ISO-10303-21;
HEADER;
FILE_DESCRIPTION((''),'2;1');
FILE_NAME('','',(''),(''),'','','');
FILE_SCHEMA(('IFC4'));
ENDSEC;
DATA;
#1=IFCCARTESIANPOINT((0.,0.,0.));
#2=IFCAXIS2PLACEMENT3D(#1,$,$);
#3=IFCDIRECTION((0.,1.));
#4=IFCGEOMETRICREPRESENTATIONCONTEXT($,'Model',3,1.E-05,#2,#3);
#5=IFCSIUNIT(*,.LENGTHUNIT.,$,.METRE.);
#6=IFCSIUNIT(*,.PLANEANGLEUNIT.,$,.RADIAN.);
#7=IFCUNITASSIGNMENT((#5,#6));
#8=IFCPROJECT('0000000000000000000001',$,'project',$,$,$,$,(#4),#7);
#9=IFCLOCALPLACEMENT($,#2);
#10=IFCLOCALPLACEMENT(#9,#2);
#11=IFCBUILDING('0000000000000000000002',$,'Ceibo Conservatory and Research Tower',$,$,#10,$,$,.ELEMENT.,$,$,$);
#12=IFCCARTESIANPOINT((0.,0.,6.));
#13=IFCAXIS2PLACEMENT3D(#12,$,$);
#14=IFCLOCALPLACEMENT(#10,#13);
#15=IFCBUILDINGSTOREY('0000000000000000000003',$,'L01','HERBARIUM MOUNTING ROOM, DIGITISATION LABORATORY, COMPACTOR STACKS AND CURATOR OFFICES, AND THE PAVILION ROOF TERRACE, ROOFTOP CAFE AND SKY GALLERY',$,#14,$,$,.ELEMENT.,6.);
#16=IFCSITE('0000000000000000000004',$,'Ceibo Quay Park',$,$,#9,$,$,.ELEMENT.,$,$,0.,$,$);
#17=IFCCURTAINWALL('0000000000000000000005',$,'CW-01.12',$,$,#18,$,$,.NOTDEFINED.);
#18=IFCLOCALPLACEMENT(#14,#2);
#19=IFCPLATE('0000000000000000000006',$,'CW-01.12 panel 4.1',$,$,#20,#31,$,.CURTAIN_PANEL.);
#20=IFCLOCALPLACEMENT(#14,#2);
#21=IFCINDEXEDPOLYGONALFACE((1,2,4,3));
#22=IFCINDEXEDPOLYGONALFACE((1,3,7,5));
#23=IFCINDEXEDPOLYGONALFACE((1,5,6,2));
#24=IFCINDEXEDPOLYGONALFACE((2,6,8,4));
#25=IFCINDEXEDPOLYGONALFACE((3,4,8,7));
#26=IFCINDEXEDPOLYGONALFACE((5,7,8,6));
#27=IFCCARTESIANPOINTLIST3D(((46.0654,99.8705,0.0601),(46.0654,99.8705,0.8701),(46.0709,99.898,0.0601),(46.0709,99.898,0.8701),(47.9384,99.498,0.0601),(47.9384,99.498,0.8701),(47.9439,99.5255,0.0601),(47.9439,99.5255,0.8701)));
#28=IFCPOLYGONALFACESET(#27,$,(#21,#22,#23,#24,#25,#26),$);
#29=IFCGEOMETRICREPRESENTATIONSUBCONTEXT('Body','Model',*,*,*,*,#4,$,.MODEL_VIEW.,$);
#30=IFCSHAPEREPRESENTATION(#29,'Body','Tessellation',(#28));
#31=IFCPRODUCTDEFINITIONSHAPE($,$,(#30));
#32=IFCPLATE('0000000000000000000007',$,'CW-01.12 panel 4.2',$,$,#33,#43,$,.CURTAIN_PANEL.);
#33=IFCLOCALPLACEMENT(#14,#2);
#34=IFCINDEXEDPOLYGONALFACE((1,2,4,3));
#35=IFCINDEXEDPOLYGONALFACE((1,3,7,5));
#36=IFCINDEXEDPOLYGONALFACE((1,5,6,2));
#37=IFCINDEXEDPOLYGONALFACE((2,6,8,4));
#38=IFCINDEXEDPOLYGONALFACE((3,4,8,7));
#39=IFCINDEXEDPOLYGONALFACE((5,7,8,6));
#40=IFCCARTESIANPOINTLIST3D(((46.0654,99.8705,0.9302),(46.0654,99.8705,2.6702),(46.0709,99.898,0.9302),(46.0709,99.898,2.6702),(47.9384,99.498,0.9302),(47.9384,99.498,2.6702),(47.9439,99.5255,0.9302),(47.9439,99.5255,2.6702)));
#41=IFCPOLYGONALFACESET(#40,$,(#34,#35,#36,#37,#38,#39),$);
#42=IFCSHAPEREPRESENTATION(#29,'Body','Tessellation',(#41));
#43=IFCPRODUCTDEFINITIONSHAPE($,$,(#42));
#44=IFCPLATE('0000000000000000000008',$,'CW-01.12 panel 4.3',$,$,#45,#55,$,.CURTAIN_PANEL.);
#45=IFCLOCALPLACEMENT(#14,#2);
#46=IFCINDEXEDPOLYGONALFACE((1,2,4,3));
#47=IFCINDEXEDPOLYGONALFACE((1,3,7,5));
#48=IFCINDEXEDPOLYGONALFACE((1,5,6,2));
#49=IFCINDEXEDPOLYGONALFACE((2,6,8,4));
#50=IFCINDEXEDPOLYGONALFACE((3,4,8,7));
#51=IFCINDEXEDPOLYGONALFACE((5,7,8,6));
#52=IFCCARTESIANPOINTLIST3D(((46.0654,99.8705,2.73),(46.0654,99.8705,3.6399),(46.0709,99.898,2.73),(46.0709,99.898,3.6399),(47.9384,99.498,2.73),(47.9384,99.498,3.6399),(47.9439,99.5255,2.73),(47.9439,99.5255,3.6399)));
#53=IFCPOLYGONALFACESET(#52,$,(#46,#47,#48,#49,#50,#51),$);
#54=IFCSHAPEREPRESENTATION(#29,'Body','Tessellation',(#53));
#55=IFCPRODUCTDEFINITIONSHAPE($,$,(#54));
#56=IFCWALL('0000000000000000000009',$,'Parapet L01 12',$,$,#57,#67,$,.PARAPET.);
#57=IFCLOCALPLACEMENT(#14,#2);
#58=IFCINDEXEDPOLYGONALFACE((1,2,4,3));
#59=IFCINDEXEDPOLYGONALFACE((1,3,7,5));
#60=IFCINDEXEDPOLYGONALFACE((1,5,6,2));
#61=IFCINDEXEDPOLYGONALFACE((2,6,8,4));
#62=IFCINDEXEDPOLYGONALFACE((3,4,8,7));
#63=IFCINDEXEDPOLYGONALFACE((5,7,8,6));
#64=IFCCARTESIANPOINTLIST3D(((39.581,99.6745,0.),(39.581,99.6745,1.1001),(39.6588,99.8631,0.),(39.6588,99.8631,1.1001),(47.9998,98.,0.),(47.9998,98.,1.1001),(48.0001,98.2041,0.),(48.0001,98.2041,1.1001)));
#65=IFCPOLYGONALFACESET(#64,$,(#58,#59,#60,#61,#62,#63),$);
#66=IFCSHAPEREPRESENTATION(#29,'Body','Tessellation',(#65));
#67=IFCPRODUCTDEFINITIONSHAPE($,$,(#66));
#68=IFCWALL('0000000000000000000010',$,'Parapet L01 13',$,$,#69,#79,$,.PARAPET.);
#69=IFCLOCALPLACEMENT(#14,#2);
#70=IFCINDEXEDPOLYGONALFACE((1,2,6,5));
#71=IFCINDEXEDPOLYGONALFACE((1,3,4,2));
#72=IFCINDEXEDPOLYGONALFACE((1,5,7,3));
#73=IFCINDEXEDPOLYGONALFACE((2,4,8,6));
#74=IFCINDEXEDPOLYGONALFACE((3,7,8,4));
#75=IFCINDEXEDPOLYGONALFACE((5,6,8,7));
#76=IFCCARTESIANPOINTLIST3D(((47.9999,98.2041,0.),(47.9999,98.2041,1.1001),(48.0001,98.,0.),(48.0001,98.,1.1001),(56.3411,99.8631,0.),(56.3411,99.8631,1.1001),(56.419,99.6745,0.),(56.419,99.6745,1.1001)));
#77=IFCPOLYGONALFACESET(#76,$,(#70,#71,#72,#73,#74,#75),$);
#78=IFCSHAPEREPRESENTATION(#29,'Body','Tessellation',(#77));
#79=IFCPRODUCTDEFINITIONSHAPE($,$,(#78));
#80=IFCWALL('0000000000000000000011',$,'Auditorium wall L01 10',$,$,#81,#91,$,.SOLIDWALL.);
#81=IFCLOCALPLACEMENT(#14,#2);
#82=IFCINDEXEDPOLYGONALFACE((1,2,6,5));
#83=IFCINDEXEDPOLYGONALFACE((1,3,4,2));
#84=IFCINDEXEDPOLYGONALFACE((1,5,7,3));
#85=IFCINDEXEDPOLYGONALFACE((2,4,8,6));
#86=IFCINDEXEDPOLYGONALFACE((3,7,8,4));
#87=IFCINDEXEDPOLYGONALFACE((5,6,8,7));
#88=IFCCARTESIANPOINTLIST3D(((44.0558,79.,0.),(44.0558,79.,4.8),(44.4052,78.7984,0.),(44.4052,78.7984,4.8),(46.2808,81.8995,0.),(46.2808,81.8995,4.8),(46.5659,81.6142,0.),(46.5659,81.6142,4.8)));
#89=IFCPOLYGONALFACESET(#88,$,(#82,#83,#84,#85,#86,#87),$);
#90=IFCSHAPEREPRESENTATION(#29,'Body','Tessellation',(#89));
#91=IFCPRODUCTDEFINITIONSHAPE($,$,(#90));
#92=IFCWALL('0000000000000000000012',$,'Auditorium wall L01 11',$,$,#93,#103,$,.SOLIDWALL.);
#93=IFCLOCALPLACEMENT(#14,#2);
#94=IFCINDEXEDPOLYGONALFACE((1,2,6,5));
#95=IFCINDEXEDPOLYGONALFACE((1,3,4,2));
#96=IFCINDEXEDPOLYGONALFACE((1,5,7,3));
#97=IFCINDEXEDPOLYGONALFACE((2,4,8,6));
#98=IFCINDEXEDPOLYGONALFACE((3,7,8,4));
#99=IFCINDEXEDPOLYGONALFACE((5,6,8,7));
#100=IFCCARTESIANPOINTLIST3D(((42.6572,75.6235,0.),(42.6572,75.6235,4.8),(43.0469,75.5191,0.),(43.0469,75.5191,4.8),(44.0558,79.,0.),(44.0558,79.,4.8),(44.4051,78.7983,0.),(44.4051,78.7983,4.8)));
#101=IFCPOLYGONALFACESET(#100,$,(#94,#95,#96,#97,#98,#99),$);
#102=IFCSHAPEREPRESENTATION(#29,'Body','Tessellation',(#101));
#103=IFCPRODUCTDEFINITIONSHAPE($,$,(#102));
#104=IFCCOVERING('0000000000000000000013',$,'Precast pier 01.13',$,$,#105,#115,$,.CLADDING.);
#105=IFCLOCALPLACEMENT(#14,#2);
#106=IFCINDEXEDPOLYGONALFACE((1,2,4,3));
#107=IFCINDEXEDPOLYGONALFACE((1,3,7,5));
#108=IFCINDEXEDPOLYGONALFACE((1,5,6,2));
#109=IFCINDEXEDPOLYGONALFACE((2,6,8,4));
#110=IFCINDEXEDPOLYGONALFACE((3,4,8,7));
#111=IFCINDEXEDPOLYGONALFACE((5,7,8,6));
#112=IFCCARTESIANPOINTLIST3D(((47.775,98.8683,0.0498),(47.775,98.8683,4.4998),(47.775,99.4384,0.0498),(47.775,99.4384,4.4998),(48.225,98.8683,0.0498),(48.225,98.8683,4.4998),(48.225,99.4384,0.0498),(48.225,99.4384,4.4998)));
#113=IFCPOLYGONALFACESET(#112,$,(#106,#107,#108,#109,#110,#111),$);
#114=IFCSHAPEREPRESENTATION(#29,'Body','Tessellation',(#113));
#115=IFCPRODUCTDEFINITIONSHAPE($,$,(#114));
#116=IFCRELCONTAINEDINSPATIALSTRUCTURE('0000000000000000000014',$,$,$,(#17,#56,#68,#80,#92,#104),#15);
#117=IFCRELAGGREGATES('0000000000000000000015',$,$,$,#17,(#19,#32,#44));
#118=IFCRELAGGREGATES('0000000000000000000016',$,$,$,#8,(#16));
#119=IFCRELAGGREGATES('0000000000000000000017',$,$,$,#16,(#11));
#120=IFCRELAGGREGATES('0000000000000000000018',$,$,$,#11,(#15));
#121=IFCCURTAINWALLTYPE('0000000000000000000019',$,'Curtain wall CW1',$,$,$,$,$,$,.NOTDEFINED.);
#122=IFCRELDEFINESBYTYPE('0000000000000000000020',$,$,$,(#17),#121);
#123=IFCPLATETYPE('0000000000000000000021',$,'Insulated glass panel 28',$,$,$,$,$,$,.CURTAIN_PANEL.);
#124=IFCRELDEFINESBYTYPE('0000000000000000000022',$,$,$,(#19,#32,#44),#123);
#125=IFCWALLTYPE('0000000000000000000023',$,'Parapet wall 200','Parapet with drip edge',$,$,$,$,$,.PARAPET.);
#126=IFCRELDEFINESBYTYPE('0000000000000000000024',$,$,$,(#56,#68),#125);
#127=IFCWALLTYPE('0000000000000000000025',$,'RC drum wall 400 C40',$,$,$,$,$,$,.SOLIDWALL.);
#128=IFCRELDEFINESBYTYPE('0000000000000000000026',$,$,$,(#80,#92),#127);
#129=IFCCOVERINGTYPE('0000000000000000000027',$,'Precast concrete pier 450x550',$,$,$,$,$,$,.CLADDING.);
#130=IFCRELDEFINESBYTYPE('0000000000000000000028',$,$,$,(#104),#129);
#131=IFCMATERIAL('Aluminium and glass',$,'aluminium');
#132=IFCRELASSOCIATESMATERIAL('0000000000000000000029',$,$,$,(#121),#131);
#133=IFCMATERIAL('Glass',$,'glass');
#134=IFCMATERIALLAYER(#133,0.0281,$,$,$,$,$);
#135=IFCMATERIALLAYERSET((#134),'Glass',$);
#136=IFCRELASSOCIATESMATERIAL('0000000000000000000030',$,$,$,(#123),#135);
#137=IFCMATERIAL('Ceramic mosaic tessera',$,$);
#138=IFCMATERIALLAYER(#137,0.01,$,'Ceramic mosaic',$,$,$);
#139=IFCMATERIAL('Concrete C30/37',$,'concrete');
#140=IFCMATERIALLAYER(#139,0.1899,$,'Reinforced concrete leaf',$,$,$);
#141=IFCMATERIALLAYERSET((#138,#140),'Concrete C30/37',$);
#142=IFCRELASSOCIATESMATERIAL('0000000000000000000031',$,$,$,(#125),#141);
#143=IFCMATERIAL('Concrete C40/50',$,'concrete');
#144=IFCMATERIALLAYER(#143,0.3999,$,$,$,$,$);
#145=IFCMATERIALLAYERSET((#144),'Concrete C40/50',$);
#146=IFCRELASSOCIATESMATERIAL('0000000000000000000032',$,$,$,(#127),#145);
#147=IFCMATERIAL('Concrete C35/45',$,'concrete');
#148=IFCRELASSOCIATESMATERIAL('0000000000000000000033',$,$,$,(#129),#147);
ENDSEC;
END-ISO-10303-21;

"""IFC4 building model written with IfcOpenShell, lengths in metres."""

from ifc_helpers import new_model, si_unit, direction, frame, origin, origin_2d, place, context, subcontext, project, spatial, polyline, rectangle, outline, extrude, material, layer, layer_set, type_object, element, aggregate, save


model = new_model("IFC4")

# Units and contexts
model_context = context("Model", 3, precision=1e-05, world=origin(), true_north=direction((0.0, 1.0)))
body_context = subcontext(model_context, "Body", "Model", "MODEL_VIEW")
ifc_project = project(units=[si_unit("LENGTHUNIT", "METRE"), si_unit("PLANEANGLEUNIT", "RADIAN")], contexts=[model_context])

# Site, building, storey
site_placement = place(None, origin())
site = spatial("IfcSite", under=ifc_project, at=site_placement, Name="Ceibo Quay Park", CompositionType="ELEMENT", RefElevation=0.0)
building_placement = place(site_placement, origin())
building = spatial("IfcBuilding", under=site, at=building_placement, Name="Ceibo Conservatory and Research Tower", CompositionType="ELEMENT")
storey_placement = place(building_placement, frame((0.0, 0.0, 6.0)))
storey = spatial("IfcBuildingStorey", under=building, at=storey_placement, Name="L01", Description="HERBARIUM MOUNTING ROOM, DIGITISATION LABORATORY, COMPACTOR STACKS AND CURATOR OFFICES, AND THE PAVILION ROOF TERRACE, ROOFTOP CAFE AND SKY GALLERY", CompositionType="ELEMENT", Elevation=6.0)

# Curtain wall
ifc_material_1 = material(Name="Aluminium and glass", Category="aluminium")
curtain_wall_type = type_object("IfcCurtainWallType", Name="Curtain wall CW1", PredefinedType="NOTDEFINED", material=ifc_material_1)
curtain_wall_1_placement = place(storey_placement, origin())
curtain_wall_1 = element("IfcCurtainWall", 1, at=curtain_wall_1_placement, inside=storey, type_object=curtain_wall_type, Name="CW-01.12", PredefinedType="NOTDEFINED")

# Shared definitions
ifc_material_2 = material(Name="Concrete C35/45", Category="concrete")

# Plates
ifc_material_3 = material(Name="Glass", Category="glass")
ifc_layer_1 = layer(ifc_material_3, 0.0281)
ifc_layer_set_1 = layer_set([ifc_layer_1], Name="Glass")
plate_type = type_object("IfcPlateType", Name="Insulated glass panel 28", PredefinedType="CURTAIN_PANEL", material=ifc_layer_set_1)
plate_1_placement = place(storey_placement, frame((47.0046, 99.698, 0.0601), z_axis=(0.0, 0.0, 1.0), x_axis=(0.980785, -0.19509, 0.0)))
plate_1 = element("IfcPlate", 2, at=plate_1_placement, type_object=plate_type, Name="CW-01.12 panel 4.1", PredefinedType="CURTAIN_PANEL", context=body_context, shape_type="SweptSolid", body=[
    extrude(rectangle(XDim=1.9097, YDim=0.0281, at=origin_2d()), origin(), (0.0, 0.0, 1.0), 0.8101),
])
plate_2_placement = place(storey_placement, frame((47.0046, 99.698, 0.9302), z_axis=(0.0, 0.0, 1.0), x_axis=(0.980785, -0.19509, 0.0)))
plate_2 = element("IfcPlate", 3, at=plate_2_placement, type_object=plate_type, Name="CW-01.12 panel 4.2", PredefinedType="CURTAIN_PANEL", context=body_context, shape_type="SweptSolid", body=[
    extrude(rectangle(XDim=1.9097, YDim=0.0281, at=origin_2d()), origin(), (0.0, 0.0, 1.0), 1.74),
])
plate_3_placement = place(storey_placement, frame((47.0046, 99.698, 2.73), z_axis=(0.0, 0.0, 1.0), x_axis=(0.980785, -0.19509, 0.0)))
plate_3 = element("IfcPlate", 4, at=plate_3_placement, type_object=plate_type, Name="CW-01.12 panel 4.3", PredefinedType="CURTAIN_PANEL", context=body_context, shape_type="SweptSolid", body=[
    extrude(rectangle(XDim=1.9097, YDim=0.0281, at=origin_2d()), origin(), (0.0, 0.0, 1.0), 0.9099),
])
aggregate(curtain_wall_1, [plate_1, plate_2, plate_3])

# Walls
ifc_material_4 = material(Name="Ceramic mosaic tessera")
ifc_layer_2 = layer(ifc_material_4, 0.01, Name="Ceramic mosaic")
ifc_material_5 = material(Name="Concrete C30/37", Category="concrete")
ifc_layer_3 = layer(ifc_material_5, 0.1899, Name="Reinforced concrete leaf")
ifc_layer_set_2 = layer_set([ifc_layer_2, ifc_layer_3], Name="Concrete C30/37")
wall_type_1 = type_object("IfcWallType", Name="Parapet wall 200", Description="Parapet with drip edge", PredefinedType="PARAPET", material=ifc_layer_set_2)
for number, where, z_axis, x_axis, name in (
    (5, (39.6199, 99.7688, 0.0), (0.0, 0.0, 1.0), (0.980789, -0.195072, 0.0), "Parapet L01 12"),
    (6, (48.0, 98.1021, 0.0), (0.0, 0.0, 1.0), (0.980789, 0.195072, 0.0), "Parapet L01 13"),
):
    element("IfcWall", number, at=place(storey_placement, frame(where, z_axis=z_axis, x_axis=x_axis)), inside=storey, type_object=wall_type_1, Name=name, PredefinedType="PARAPET", context=body_context, shape_type="SweptSolid", body=[
        extrude(outline(polyline([(-0.0198, -0.1001), (8.564, -0.1001), (8.5244, 0.1001), (0.0198, 0.1001), (-0.0198, -0.1001)])), origin(), (0.0, 0.0, 1.0), 1.1001),
    ])
ifc_material_6 = material(Name="Concrete C40/50", Category="concrete")
ifc_layer_4 = layer(ifc_material_6, 0.3999)
ifc_layer_set_3 = layer_set([ifc_layer_4], Name="Concrete C40/50")
wall_type_2 = type_object("IfcWallType", Name="RC drum wall 400 C40", PredefinedType="SOLIDWALL", material=ifc_layer_set_3)
for number, where, z_axis, x_axis, name in (
    (7, (46.4233, 81.7568, 0.0), (0.0, 0.0, 1.0), (-0.60878, -0.793339, 0.0), "Auditorium wall L01 10"),
    (8, (44.2305, 78.8992, 0.0), (0.0, 0.0, 1.0), (-0.382675, -0.923883, 0.0), "Auditorium wall L01 11"),
):
    element("IfcWall", number, at=place(storey_placement, frame(where, z_axis=z_axis, x_axis=x_axis)), inside=storey, type_object=wall_type_2, Name=name, PredefinedType="SOLIDWALL", context=body_context, shape_type="SweptSolid", body=[
        extrude(outline(polyline([(-0.0264, -0.2), (3.6284, -0.2), (3.5757, 0.2), (0.0264, 0.2), (-0.0264, -0.2)])), origin(), (0.0, 0.0, 1.0), 4.8),
    ])

# Covering
covering_type = type_object("IfcCoveringType", Name="Precast concrete pier 450x550", PredefinedType="CLADDING", material=ifc_material_2)
covering_placement = place(storey_placement, frame((48.0, 99.1533, 0.0498), z_axis=(0.0, 0.0, 1.0), x_axis=(0.0, -1.0, 0.0)))
element("IfcCovering", 9, at=covering_placement, inside=storey, type_object=covering_type, Name="Precast pier 01.13", PredefinedType="CLADDING", context=body_context, shape_type="SweptSolid", body=[
    extrude(rectangle(XDim=0.5701, YDim=0.45, at=origin_2d()), origin(), (0.0, 0.0, 1.0), 4.45),
])

save(model, "model.ifc")
